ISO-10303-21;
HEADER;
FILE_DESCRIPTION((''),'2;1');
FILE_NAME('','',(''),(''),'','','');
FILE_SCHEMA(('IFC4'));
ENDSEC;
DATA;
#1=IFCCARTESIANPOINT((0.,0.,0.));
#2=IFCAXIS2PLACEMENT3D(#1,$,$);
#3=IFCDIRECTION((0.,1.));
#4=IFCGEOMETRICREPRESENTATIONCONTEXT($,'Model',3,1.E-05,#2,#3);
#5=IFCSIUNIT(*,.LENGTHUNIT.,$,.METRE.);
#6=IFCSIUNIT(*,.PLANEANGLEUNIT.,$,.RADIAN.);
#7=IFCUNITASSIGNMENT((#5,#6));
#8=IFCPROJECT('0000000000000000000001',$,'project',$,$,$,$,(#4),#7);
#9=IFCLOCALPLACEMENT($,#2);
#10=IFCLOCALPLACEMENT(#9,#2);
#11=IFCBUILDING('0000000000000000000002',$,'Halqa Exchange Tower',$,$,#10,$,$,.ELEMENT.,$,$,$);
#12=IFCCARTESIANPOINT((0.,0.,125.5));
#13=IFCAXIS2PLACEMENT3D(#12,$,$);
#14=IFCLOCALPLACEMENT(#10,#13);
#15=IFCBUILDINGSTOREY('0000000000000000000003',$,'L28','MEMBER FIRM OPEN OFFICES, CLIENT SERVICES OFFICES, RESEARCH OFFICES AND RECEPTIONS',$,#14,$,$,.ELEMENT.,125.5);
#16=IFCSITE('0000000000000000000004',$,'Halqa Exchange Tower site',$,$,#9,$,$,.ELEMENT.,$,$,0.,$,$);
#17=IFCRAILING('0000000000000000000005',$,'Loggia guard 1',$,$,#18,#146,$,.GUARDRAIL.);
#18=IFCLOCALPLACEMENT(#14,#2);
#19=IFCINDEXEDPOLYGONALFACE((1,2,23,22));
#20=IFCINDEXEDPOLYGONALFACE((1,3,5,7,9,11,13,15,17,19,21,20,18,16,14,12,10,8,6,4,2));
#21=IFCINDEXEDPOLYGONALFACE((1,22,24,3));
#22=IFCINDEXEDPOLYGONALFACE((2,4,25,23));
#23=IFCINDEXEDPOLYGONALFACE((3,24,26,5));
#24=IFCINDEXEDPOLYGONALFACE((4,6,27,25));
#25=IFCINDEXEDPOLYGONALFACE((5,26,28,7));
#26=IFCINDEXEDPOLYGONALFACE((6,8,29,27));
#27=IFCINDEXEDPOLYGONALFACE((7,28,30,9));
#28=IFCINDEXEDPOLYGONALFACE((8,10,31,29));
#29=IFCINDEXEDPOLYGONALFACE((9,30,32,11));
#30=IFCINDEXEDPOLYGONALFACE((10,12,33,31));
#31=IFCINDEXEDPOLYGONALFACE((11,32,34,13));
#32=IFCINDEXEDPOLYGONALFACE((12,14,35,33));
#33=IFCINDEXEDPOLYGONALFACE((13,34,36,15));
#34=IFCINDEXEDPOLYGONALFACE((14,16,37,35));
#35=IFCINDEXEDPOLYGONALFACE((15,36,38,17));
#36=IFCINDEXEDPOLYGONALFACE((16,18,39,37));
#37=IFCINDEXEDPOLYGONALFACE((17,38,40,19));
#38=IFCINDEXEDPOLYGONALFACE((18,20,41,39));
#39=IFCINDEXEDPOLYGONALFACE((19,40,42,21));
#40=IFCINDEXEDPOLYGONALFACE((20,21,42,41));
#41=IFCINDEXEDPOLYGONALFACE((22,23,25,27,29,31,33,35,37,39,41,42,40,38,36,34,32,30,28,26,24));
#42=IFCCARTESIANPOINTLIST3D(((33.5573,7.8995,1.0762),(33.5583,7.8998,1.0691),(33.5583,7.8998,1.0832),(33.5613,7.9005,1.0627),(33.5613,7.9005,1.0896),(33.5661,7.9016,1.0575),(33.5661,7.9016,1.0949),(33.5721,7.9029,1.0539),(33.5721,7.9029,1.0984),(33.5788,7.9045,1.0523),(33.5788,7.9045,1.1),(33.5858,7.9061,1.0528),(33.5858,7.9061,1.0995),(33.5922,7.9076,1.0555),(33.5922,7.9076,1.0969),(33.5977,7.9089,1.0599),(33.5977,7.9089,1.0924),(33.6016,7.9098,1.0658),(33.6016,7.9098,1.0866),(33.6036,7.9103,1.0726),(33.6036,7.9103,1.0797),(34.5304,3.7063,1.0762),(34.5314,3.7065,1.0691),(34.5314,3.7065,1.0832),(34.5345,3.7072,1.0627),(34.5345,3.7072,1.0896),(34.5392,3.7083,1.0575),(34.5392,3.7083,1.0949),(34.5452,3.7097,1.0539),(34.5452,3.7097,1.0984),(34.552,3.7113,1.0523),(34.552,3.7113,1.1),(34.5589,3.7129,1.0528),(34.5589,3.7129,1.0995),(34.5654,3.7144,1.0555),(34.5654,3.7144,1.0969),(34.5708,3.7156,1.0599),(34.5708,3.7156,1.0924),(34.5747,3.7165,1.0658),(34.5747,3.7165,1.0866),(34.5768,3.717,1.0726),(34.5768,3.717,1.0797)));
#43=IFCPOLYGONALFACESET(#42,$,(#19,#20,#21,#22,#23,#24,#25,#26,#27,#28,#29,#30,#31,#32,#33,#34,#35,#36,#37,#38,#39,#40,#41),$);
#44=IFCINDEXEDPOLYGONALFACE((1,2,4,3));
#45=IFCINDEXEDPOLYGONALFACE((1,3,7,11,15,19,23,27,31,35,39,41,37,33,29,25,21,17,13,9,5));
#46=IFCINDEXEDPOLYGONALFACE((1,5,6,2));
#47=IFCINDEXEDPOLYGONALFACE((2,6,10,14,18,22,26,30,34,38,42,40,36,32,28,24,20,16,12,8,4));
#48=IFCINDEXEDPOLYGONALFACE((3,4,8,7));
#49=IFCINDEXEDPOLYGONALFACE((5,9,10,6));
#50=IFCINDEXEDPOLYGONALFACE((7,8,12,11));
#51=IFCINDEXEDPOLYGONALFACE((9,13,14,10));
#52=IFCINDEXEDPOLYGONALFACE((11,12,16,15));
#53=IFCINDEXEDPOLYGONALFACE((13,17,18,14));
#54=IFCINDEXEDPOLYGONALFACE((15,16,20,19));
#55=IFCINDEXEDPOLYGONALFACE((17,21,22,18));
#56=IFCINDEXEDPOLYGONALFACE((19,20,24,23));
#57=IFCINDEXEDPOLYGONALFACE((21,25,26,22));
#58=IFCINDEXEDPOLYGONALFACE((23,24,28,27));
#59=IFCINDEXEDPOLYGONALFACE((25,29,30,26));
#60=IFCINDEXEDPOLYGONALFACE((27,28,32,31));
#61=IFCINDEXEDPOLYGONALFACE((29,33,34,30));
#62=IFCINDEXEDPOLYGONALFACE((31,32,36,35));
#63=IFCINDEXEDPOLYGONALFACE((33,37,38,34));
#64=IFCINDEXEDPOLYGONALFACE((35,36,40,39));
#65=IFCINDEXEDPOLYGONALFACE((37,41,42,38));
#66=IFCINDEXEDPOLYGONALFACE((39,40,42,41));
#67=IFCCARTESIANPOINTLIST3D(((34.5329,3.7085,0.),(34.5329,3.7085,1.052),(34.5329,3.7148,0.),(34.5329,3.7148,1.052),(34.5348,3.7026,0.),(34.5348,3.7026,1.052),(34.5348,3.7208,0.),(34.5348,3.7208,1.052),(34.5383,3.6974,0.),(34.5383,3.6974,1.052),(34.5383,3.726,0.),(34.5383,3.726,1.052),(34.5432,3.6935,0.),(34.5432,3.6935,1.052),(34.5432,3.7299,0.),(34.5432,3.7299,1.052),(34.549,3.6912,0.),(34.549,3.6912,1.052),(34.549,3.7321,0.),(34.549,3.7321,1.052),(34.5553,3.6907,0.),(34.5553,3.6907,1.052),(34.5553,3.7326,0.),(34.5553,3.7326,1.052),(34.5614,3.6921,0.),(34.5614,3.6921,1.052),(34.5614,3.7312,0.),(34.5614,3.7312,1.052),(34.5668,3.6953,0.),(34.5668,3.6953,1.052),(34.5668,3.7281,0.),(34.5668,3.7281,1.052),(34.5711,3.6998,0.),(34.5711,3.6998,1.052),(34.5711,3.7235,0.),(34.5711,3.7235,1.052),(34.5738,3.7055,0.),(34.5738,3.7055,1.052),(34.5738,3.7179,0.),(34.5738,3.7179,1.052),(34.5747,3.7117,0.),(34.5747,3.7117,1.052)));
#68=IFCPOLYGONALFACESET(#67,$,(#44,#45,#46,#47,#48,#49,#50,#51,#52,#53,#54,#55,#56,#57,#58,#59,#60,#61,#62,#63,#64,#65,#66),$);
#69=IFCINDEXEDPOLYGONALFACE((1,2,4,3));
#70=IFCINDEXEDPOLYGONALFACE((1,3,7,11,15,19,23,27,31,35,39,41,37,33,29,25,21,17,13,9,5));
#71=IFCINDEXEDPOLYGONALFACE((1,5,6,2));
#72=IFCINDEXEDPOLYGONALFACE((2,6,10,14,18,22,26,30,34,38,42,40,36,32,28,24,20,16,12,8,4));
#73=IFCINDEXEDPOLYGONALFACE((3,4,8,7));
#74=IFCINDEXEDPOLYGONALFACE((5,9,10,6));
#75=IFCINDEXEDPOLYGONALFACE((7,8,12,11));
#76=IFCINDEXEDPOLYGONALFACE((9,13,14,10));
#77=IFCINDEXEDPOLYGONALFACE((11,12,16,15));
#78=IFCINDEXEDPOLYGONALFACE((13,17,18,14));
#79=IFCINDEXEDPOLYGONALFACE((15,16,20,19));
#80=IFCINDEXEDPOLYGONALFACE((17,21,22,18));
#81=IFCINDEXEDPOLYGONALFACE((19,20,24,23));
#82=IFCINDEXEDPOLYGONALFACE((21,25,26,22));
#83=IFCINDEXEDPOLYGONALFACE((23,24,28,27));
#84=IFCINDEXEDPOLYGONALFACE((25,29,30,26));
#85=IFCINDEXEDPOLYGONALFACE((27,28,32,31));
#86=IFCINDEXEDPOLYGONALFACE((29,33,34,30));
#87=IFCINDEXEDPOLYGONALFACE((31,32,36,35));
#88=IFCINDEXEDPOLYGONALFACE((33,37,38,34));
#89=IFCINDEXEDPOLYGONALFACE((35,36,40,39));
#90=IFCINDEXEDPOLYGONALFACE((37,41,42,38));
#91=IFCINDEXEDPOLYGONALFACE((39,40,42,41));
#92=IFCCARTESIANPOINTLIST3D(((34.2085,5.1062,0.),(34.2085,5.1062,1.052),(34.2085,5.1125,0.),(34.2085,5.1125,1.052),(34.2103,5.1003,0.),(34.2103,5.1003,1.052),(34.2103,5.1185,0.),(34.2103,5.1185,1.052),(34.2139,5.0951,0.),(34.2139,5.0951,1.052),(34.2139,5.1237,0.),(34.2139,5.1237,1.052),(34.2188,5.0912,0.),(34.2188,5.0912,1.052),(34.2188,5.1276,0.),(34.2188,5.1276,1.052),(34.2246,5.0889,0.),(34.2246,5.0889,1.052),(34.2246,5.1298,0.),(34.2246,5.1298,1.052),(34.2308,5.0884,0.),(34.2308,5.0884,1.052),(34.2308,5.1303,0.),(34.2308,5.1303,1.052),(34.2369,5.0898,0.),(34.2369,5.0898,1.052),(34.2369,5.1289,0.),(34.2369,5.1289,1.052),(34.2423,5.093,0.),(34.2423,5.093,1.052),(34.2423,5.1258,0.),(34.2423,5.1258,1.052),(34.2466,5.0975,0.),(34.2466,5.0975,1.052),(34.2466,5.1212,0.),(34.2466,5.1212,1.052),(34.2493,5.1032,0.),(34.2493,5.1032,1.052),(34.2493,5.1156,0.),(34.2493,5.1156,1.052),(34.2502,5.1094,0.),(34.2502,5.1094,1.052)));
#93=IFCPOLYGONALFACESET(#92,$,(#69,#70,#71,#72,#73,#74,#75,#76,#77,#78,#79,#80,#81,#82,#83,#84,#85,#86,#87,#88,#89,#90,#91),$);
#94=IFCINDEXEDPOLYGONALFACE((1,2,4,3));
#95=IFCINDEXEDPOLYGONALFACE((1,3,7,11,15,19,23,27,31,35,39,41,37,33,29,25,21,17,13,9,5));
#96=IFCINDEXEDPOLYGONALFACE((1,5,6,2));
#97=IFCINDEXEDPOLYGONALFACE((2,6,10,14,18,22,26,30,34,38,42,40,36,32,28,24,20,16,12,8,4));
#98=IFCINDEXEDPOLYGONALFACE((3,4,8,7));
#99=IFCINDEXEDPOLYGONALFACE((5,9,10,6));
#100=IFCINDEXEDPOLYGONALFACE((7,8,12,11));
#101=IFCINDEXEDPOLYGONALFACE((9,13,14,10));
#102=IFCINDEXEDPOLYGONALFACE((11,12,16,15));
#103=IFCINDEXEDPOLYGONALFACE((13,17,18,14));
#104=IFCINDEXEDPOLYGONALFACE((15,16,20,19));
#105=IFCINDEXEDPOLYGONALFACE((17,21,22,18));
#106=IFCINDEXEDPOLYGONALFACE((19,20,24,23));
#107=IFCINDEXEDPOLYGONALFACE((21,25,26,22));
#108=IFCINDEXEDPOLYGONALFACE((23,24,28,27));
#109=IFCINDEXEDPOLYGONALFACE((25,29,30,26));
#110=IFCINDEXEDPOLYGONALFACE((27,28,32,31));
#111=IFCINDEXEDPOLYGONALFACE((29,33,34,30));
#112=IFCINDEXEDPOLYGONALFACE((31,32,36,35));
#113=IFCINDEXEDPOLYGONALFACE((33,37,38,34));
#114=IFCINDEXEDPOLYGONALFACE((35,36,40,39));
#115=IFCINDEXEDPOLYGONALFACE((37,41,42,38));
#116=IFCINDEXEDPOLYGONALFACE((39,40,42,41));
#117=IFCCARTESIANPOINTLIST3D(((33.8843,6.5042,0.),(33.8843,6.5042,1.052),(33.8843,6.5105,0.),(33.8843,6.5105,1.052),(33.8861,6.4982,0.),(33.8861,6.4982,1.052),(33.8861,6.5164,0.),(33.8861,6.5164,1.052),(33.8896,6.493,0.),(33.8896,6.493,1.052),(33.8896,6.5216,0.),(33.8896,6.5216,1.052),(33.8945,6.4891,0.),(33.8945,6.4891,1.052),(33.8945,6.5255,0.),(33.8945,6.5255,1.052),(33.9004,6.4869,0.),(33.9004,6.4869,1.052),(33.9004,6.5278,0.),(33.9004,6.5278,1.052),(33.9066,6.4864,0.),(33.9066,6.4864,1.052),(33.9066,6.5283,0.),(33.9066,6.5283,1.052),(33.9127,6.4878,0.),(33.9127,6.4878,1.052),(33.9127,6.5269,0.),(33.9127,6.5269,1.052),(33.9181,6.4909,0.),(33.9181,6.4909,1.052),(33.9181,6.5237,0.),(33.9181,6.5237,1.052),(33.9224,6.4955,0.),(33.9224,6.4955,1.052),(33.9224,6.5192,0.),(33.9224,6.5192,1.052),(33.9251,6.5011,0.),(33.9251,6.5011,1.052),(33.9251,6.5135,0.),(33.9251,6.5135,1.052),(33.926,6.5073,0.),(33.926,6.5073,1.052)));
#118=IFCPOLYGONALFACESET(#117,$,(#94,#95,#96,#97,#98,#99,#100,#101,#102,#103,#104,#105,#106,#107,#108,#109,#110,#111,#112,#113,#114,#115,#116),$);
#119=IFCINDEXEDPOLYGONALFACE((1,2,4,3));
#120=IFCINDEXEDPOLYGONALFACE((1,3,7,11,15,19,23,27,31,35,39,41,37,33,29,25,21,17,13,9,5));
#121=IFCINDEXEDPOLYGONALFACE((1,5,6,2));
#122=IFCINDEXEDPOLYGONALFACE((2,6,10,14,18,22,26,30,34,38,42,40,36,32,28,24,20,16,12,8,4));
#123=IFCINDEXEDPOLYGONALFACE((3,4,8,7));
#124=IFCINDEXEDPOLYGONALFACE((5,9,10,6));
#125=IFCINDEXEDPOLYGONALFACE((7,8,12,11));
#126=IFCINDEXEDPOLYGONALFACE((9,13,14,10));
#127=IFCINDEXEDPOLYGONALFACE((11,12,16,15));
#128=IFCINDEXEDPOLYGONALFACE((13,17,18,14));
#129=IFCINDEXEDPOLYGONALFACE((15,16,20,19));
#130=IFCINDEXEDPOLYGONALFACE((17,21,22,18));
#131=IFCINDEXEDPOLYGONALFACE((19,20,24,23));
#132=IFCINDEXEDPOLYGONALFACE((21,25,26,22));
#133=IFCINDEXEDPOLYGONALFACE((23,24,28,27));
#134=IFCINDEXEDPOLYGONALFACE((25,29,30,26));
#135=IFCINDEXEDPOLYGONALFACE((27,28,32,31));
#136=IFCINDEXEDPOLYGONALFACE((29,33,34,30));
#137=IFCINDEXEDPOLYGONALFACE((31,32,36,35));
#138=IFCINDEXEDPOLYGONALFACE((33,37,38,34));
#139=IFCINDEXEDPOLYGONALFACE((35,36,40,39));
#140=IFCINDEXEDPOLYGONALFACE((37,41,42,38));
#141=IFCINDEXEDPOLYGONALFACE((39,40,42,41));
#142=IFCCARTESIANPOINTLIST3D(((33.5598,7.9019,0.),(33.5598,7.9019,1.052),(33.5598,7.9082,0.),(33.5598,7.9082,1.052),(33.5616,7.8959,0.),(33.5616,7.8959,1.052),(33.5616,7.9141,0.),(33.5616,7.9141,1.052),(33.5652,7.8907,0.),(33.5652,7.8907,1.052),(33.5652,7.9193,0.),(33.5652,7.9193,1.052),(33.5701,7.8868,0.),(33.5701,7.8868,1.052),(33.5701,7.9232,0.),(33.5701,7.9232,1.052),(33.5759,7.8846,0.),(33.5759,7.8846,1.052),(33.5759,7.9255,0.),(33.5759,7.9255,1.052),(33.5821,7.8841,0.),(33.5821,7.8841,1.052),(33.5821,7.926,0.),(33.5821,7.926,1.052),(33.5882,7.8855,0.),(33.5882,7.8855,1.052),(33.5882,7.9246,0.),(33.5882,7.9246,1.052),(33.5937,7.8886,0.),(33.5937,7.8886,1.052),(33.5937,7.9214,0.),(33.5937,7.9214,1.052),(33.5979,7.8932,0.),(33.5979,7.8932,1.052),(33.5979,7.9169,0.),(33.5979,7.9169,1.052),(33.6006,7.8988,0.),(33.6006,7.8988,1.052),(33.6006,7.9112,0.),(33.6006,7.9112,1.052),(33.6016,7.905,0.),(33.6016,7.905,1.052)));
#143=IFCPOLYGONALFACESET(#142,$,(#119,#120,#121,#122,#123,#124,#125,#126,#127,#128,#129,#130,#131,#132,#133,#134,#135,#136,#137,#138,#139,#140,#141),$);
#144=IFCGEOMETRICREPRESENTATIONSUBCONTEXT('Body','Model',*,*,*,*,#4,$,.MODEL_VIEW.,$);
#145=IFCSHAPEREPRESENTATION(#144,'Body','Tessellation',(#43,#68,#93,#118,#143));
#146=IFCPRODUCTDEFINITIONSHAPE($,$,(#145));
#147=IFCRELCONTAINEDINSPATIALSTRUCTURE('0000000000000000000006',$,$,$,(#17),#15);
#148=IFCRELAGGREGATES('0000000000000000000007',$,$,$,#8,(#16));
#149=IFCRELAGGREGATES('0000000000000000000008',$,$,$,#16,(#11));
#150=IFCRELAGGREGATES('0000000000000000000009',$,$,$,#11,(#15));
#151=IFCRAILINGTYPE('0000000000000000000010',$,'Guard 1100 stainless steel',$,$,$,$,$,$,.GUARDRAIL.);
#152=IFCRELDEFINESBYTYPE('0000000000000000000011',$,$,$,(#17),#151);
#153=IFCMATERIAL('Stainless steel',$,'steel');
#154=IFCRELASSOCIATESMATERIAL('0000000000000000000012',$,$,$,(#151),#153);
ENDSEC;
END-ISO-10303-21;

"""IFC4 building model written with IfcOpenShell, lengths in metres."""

from ifc_helpers import new_model, si_unit, direction, frame, origin, origin_2d, place, context, subcontext, project, spatial, circle, extrude, material, type_object, element, save


model = new_model("IFC4")

# Units and contexts
model_context = context("Model", 3, precision=1e-05, world=origin(), true_north=direction((0.0, 1.0)))
body_context = subcontext(model_context, "Body", "Model", "MODEL_VIEW")
ifc_project = project(units=[si_unit("LENGTHUNIT", "METRE"), si_unit("PLANEANGLEUNIT", "RADIAN")], contexts=[model_context])

# Site, building, storey
site_placement = place(None, origin())
site = spatial("IfcSite", under=ifc_project, at=site_placement, Name="Halqa Exchange Tower site", CompositionType="ELEMENT", RefElevation=0.0)
building_placement = place(site_placement, origin())
building = spatial("IfcBuilding", under=site, at=building_placement, Name="Halqa Exchange Tower", CompositionType="ELEMENT")
storey_placement = place(building_placement, frame((0.0, 0.0, 125.5)))
storey = spatial("IfcBuildingStorey", under=building, at=storey_placement, Name="L28", Description="MEMBER FIRM OPEN OFFICES, CLIENT SERVICES OFFICES, RESEARCH OFFICES AND RECEPTIONS", CompositionType="ELEMENT", Elevation=125.5)

# Railing
ifc_material_1 = material(Name="Stainless steel", Category="steel")
railing_type = type_object("IfcRailingType", Name="Guard 1100 stainless steel", PredefinedType="GUARDRAIL", material=ifc_material_1)
railing_1_placement = place(storey_placement, frame((34.5537, 3.7117, 0.0)))
element("IfcRailing", 1, at=railing_1_placement, inside=storey, type_object=railing_type, Name="Loggia guard 1", PredefinedType="GUARDRAIL", context=body_context, shape_type="SweptSolid", body=[
    extrude(circle(Radius=0.0239, at=origin_2d()), frame((0.0, 0.0, 1.0762), z_axis=(-0.226061, 0.974113, 0.0), x_axis=(-0.974113, -0.226061, 0.0)), (0.0, 0.0, 1.0), 4.3047),
    extrude(circle(Radius=0.021, at=origin_2d()), origin(), (0.0, 0.0, 1.0), 1.052),
    extrude(circle(Radius=0.021, at=origin_2d()), frame((-0.3245, 1.3977, 0.0)), (0.0, 0.0, 1.0), 1.052),
    extrude(circle(Radius=0.021, at=origin_2d()), frame((-0.6487, 2.7957, 0.0)), (0.0, 0.0, 1.0), 1.052),
    extrude(circle(Radius=0.021, at=origin_2d()), frame((-0.9731, 4.1934, 0.0)), (0.0, 0.0, 1.0), 1.052),
])

save(model, "model.ifc")
